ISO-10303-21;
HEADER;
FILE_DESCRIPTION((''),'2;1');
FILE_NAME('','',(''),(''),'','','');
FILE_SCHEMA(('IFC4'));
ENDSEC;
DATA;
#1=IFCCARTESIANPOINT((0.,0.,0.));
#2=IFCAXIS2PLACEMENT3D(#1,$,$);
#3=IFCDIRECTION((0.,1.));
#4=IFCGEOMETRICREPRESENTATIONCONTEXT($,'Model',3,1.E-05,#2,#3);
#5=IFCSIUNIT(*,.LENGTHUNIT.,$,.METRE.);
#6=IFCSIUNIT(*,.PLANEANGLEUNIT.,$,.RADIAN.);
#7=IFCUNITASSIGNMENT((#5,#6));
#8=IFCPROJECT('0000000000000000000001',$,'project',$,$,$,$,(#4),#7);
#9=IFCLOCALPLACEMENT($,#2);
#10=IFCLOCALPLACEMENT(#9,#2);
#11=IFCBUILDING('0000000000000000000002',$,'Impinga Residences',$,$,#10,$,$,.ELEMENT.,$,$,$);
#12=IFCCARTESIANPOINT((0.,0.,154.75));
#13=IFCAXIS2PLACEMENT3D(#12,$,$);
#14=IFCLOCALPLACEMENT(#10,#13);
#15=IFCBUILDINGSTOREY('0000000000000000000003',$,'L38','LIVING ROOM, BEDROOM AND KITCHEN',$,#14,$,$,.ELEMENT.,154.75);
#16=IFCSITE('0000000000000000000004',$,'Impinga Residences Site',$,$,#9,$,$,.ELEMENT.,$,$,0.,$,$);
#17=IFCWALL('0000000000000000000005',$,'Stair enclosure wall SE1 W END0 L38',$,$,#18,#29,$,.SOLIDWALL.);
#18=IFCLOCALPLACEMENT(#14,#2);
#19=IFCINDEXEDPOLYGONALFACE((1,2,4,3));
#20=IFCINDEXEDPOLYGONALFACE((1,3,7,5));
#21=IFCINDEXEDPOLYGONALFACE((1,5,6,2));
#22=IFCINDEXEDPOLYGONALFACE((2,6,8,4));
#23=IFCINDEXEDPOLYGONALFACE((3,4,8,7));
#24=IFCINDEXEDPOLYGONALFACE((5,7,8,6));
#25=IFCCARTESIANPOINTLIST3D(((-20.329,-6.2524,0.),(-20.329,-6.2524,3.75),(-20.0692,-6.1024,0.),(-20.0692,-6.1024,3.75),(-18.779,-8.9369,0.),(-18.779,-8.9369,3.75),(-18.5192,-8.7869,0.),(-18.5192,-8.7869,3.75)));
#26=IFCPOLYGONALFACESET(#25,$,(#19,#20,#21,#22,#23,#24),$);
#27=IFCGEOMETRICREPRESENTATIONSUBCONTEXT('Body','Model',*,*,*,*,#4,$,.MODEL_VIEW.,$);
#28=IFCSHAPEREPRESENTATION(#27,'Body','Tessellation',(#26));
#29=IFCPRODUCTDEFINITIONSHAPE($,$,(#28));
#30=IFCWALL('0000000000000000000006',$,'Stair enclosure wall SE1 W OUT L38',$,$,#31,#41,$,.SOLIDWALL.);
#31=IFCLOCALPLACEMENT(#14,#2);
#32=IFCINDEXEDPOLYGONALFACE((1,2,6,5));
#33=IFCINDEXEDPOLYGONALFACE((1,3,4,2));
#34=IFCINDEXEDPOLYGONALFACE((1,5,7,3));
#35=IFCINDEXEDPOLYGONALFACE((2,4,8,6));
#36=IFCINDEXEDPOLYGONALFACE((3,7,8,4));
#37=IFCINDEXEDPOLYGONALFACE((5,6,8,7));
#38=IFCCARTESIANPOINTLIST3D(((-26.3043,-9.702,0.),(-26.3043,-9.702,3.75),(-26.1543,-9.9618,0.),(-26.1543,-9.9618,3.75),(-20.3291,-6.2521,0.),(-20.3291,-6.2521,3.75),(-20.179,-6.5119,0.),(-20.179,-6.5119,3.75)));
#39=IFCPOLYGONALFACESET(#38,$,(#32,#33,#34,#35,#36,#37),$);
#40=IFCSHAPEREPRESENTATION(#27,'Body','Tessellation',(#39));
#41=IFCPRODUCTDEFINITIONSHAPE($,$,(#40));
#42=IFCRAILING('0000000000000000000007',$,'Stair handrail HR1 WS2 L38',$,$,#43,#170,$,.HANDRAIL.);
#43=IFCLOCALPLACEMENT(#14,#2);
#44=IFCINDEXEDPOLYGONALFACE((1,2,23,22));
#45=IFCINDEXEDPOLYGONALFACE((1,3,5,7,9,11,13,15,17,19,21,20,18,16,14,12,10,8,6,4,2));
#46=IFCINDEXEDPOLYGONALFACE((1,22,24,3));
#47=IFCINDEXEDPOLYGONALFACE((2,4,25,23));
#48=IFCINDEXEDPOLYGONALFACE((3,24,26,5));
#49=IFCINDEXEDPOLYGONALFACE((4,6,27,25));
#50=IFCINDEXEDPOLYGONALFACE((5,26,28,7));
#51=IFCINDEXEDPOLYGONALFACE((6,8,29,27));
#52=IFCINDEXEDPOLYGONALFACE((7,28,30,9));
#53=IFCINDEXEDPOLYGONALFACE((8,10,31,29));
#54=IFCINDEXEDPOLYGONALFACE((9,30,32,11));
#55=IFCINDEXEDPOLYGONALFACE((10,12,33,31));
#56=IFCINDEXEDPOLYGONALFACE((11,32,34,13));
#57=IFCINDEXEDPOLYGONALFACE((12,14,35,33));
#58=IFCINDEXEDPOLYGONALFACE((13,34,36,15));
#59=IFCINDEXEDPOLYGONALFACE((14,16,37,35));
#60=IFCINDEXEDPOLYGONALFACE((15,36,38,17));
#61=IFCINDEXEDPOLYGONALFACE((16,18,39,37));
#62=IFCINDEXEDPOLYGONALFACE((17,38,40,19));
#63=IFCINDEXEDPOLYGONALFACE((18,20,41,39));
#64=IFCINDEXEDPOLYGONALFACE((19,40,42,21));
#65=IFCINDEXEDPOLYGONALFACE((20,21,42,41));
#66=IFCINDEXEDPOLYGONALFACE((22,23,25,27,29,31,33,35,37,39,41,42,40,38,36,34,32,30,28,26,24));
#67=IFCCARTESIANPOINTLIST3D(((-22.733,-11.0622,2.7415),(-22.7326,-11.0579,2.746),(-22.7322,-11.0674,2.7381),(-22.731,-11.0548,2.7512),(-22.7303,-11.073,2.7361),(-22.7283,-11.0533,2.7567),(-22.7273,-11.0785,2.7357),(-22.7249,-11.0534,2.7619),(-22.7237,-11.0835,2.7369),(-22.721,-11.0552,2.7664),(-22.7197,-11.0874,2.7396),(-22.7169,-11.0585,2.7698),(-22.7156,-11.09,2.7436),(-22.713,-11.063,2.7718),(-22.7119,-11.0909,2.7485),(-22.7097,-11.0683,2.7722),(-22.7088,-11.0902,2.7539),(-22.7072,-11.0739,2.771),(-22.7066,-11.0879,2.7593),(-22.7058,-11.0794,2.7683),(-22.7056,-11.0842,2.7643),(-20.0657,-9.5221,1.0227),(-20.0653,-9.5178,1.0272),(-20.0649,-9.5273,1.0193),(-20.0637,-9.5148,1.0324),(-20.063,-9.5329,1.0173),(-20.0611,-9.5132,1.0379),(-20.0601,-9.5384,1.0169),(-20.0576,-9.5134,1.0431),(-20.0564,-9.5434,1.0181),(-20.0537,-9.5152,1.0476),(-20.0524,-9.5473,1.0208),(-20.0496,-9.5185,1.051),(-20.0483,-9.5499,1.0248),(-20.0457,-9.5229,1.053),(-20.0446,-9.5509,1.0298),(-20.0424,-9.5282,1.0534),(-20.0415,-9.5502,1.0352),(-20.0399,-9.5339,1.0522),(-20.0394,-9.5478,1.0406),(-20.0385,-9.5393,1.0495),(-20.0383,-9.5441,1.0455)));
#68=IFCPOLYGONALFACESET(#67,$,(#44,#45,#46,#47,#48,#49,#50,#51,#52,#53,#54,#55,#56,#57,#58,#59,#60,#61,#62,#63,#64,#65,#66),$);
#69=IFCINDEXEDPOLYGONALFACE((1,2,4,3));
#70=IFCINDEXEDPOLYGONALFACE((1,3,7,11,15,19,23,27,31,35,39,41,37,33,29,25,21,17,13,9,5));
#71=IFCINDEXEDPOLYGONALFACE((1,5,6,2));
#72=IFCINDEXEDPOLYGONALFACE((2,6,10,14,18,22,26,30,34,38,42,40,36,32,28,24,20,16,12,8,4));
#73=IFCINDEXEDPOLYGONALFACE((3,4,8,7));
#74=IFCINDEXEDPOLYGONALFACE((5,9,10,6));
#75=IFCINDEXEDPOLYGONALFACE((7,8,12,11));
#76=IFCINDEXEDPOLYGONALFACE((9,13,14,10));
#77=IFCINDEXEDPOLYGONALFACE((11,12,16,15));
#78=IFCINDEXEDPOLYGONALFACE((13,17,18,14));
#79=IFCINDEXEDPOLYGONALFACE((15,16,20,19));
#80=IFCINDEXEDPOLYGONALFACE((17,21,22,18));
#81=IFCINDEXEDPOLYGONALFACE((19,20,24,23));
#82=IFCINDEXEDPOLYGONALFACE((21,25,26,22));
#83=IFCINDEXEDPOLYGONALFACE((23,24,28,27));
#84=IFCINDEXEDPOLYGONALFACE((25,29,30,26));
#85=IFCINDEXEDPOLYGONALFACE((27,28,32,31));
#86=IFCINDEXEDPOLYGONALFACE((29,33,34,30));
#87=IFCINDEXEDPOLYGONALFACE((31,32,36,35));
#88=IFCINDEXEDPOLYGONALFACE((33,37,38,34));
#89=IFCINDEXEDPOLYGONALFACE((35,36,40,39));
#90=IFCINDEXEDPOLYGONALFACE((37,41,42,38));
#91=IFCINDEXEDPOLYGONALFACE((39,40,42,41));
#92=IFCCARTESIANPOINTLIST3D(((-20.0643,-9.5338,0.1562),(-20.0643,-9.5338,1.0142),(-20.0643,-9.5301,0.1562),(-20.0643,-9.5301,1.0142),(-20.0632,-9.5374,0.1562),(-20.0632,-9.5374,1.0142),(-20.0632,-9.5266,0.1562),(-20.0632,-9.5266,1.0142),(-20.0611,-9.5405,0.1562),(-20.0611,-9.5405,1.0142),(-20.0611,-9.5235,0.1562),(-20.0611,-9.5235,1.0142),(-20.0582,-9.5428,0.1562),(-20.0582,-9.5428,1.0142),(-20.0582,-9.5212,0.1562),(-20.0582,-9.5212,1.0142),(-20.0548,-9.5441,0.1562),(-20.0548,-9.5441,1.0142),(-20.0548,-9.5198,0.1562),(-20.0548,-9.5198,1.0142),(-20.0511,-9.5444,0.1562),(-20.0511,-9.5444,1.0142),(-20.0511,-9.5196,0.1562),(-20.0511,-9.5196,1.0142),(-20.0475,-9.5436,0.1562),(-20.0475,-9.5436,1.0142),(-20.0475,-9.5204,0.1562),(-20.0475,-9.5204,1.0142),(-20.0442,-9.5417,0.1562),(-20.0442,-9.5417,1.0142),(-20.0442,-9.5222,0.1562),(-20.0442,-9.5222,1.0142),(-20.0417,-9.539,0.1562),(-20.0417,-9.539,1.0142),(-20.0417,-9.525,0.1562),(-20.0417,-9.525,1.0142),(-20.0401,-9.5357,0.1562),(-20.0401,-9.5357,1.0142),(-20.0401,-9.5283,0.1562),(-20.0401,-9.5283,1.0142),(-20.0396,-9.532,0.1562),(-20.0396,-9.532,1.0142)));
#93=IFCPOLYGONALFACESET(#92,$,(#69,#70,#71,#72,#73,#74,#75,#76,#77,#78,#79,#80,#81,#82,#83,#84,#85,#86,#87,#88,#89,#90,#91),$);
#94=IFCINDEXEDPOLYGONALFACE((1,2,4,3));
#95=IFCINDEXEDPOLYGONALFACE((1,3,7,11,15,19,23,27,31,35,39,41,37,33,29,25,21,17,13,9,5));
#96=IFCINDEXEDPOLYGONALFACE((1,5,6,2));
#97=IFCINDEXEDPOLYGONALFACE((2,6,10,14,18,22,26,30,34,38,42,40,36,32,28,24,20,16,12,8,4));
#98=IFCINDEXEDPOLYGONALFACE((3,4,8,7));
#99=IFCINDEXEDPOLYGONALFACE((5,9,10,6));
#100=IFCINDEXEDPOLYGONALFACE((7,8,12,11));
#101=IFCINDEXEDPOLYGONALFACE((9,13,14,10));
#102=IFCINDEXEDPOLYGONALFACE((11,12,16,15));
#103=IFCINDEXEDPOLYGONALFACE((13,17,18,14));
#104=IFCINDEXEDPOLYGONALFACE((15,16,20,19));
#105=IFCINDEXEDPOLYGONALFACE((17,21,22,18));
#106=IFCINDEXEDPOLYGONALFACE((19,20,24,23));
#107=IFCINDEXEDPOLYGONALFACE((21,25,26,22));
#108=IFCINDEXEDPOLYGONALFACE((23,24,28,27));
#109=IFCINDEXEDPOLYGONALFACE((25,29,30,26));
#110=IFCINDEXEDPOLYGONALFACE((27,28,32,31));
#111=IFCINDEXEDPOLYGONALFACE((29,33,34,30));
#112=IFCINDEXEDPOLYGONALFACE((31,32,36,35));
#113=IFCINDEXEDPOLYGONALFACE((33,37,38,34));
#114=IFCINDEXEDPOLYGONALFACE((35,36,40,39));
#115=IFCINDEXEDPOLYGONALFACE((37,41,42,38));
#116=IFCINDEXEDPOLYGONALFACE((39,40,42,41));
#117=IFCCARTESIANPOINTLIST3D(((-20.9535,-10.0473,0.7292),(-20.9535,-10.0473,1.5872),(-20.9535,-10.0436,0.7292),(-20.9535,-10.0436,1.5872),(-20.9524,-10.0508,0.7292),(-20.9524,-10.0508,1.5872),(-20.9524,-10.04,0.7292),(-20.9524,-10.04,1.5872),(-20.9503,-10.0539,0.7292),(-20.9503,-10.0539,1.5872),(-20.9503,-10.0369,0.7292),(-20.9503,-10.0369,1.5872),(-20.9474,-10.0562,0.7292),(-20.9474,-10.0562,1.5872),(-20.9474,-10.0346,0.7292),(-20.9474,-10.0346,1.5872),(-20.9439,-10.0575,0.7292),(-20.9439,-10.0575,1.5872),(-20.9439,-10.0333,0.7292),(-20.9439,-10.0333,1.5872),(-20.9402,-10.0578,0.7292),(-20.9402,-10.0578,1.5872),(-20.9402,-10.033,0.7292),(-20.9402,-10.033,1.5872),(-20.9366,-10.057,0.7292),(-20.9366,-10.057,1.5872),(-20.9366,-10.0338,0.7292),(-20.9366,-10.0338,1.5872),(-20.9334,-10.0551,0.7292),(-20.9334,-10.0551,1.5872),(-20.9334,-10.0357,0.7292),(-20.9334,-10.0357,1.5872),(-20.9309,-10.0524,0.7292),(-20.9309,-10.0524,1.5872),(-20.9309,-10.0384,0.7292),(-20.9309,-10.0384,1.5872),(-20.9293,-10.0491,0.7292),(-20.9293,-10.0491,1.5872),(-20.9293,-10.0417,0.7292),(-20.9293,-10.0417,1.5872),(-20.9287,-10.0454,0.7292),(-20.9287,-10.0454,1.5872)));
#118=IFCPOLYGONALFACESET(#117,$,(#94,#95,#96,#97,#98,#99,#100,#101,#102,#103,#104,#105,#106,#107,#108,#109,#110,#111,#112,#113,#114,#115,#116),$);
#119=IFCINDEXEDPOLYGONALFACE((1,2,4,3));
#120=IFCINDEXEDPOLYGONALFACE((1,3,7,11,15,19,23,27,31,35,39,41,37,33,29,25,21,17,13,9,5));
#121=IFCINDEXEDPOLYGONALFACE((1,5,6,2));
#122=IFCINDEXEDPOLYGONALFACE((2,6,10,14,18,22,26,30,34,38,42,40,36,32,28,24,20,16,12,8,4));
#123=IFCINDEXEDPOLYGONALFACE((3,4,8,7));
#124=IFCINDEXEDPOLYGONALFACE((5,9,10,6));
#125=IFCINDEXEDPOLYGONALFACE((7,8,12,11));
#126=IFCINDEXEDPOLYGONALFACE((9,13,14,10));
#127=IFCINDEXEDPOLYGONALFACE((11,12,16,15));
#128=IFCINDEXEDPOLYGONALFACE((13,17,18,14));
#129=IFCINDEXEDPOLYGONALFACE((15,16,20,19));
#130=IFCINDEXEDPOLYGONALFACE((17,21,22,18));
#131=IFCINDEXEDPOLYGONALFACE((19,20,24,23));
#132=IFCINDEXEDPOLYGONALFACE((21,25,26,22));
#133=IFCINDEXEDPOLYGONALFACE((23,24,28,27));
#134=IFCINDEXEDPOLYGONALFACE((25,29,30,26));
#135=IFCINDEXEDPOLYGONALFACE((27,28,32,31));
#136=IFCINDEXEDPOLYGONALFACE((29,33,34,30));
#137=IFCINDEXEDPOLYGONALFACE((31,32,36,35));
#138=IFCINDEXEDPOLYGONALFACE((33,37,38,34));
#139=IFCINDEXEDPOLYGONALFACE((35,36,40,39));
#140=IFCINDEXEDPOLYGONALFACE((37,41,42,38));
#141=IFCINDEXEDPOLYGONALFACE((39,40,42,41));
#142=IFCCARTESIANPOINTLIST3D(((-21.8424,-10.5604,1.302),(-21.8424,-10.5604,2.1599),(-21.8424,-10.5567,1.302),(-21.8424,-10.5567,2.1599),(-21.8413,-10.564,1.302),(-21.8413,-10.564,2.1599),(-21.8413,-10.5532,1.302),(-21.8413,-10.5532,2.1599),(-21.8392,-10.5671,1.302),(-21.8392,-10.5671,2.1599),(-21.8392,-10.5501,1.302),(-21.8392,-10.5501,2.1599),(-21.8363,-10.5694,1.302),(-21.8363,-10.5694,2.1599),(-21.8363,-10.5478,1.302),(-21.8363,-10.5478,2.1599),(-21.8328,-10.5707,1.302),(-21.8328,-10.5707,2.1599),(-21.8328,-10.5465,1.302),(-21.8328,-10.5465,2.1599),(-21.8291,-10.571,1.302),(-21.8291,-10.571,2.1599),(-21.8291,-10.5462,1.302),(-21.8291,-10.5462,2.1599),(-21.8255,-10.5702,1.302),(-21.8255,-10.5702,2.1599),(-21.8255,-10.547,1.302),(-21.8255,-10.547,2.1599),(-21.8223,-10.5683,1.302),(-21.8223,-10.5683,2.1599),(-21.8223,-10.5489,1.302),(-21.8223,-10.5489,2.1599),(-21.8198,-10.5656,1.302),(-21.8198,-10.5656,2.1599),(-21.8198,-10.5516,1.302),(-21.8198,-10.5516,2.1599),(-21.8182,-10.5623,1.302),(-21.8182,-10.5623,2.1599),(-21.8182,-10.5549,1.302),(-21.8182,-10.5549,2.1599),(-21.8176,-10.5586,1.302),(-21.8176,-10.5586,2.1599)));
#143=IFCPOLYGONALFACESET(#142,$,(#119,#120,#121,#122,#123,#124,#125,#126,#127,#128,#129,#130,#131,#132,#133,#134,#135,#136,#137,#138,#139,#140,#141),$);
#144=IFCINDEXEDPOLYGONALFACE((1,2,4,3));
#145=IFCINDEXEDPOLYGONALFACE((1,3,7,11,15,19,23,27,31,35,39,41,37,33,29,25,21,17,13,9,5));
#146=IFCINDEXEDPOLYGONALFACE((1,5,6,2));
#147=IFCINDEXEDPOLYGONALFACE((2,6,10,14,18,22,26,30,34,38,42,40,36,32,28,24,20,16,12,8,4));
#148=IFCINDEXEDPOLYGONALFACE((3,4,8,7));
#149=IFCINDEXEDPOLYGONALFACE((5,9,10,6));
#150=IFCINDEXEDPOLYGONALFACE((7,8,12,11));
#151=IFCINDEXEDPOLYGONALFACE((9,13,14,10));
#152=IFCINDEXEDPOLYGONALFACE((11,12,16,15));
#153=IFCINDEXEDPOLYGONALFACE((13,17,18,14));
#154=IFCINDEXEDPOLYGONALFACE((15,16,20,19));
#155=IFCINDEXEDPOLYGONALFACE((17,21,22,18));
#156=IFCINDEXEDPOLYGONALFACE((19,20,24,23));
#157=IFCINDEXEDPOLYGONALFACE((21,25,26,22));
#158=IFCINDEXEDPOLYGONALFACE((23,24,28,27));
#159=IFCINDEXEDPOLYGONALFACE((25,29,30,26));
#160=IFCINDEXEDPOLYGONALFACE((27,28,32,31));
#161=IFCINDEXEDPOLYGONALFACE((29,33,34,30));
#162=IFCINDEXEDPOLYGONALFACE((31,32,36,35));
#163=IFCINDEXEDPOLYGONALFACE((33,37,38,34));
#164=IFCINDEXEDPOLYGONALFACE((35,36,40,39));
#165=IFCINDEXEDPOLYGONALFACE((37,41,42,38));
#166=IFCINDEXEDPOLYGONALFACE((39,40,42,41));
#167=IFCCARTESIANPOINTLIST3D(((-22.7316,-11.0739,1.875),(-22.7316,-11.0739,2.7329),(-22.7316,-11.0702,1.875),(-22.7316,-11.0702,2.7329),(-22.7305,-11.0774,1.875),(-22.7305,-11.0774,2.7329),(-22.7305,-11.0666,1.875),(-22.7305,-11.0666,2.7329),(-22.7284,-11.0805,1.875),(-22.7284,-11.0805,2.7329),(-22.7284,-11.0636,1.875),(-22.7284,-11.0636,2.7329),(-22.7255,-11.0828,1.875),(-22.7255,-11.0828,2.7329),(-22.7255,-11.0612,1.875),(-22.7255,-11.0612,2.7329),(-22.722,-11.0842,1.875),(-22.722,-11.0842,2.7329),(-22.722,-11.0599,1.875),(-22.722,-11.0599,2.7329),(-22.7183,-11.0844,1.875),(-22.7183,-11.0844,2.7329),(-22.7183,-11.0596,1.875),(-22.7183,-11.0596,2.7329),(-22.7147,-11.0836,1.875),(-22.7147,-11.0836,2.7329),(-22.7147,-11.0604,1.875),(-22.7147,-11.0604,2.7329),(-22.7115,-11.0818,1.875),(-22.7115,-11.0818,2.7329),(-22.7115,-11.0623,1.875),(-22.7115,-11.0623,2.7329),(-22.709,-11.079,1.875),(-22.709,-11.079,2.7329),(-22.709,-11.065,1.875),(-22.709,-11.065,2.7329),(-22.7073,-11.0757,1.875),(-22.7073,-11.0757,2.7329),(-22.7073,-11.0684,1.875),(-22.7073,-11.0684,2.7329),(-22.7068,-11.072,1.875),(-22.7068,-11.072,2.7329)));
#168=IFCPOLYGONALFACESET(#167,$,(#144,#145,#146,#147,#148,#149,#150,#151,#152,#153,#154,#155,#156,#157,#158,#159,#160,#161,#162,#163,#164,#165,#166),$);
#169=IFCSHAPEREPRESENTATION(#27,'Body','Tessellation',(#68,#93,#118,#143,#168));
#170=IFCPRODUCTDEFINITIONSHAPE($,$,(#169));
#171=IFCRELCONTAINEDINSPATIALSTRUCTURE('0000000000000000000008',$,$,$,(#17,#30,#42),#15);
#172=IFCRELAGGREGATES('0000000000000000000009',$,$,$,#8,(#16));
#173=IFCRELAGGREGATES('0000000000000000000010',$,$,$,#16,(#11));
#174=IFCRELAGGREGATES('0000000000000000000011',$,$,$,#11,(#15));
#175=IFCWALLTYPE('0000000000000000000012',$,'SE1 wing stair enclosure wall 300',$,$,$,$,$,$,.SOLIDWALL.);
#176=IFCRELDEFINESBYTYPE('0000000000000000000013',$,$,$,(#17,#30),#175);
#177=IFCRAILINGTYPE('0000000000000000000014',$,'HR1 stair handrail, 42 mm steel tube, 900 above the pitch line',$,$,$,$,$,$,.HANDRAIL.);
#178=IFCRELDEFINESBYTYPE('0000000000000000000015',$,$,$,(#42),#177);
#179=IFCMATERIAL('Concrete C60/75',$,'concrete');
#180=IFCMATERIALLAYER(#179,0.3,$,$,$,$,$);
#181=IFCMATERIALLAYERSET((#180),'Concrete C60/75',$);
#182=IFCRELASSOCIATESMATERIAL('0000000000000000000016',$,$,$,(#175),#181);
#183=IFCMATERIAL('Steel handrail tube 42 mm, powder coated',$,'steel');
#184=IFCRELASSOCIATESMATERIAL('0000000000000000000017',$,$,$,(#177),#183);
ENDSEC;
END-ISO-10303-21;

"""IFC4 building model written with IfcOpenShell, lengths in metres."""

from ifc_helpers import new_model, si_unit, direction, frame, frame_2d, origin, origin_2d, place, context, subcontext, project, spatial, rectangle, circle, extrude, material, layer, layer_set, type_object, element, save


model = new_model("IFC4")

# Units and contexts
model_context = context("Model", 3, precision=1e-05, world=origin(), true_north=direction((0.0, 1.0)))
body_context = subcontext(model_context, "Body", "Model", "MODEL_VIEW")
ifc_project = project(units=[si_unit("LENGTHUNIT", "METRE"), si_unit("PLANEANGLEUNIT", "RADIAN")], contexts=[model_context])

# Site, building, storey
site_placement = place(None, origin())
site = spatial("IfcSite", under=ifc_project, at=site_placement, Name="Impinga Residences Site", CompositionType="ELEMENT", RefElevation=0.0)
building_placement = place(site_placement, origin())
building = spatial("IfcBuilding", under=site, at=building_placement, Name="Impinga Residences", CompositionType="ELEMENT")
storey_placement = place(building_placement, frame((0.0, 0.0, 154.75)))
storey = spatial("IfcBuildingStorey", under=building, at=storey_placement, Name="L38", Description="LIVING ROOM, BEDROOM AND KITCHEN", CompositionType="ELEMENT", Elevation=154.75)

# Shared definitions
ifc_material_1 = material(Name="Concrete C60/75", Category="concrete")

# Walls
ifc_layer_1 = layer(ifc_material_1, 0.3)
ifc_layer_set_1 = layer_set([ifc_layer_1], Name="Concrete C60/75")
wall_type_1 = type_object("IfcWallType", Name="SE1 wing stair enclosure wall 300", PredefinedType="SOLIDWALL", material=ifc_layer_set_1)
wall_1_placement = place(storey_placement, frame((-18.6492, -8.8618, 0.0), z_axis=(0.0, 0.0, 1.0), x_axis=(-0.500027, 0.86601, 0.0)))
element("IfcWall", 1, at=wall_1_placement, inside=storey, type_object=wall_type_1, Name="Stair enclosure wall SE1 W END0 L38", PredefinedType="SOLIDWALL", context=body_context, shape_type="SweptSolid", body=[
    extrude(rectangle(XDim=3.0999, YDim=0.3, at=frame_2d((1.5498, 0.0))), origin(), (0.0, 0.0, 1.0), 3.75),
])
wall_2_placement = place(storey_placement, frame((-20.2542, -6.3821, 0.0), z_axis=(0.0, 0.0, 1.0), x_axis=(-0.86602, -0.500009, 0.0)))
element("IfcWall", 2, at=wall_2_placement, inside=storey, type_object=wall_type_1, Name="Stair enclosure wall SE1 W OUT L38", PredefinedType="SOLIDWALL", context=body_context, shape_type="SweptSolid", body=[
    extrude(rectangle(XDim=6.8997, YDim=0.3, at=frame_2d((3.4497, 0.0))), origin(), (0.0, 0.0, 1.0), 3.75),
])

# Railing
ifc_material_2 = material(Name="Steel handrail tube 42 mm, powder coated", Category="steel")
railing_type = type_object("IfcRailingType", Name="HR1 stair handrail, 42 mm steel tube, 900 above the pitch line", PredefinedType="HANDRAIL", material=ifc_material_2)
railing_placement = place(storey_placement, frame((-20.052, -9.532, 0.1562)))
element("IfcRailing", 3, at=railing_placement, inside=storey, type_object=railing_type, Name="Stair handrail HR1 WS2 L38", PredefinedType="HANDRAIL", context=body_context, shape_type="SweptSolid", body=[
    extrude(circle(Radius=0.021, at=origin_2d()), frame((0.0, 0.0, 0.8789), z_axis=(-0.756226, -0.436639, 0.487307), x_axis=(0.500027, -0.86601, 0.0)), (0.0, 0.0, 1.0), 3.5271),
    extrude(circle(Radius=0.0125, at=origin_2d()), origin(), (0.0, 0.0, 1.0), 0.8579),
    extrude(circle(Radius=0.0125, at=origin_2d()), frame((-0.8892, -0.5134, 0.573)), (0.0, 0.0, 1.0), 0.8579),
    extrude(circle(Radius=0.0125, at=origin_2d()), frame((-1.7781, -1.0266, 1.1458)), (0.0, 0.0, 1.0), 0.8579),
    extrude(circle(Radius=0.0125, at=origin_2d()), frame((-2.6672, -1.54, 1.7188)), (0.0, 0.0, 1.0), 0.8579),
])

save(model, "model.ifc")
